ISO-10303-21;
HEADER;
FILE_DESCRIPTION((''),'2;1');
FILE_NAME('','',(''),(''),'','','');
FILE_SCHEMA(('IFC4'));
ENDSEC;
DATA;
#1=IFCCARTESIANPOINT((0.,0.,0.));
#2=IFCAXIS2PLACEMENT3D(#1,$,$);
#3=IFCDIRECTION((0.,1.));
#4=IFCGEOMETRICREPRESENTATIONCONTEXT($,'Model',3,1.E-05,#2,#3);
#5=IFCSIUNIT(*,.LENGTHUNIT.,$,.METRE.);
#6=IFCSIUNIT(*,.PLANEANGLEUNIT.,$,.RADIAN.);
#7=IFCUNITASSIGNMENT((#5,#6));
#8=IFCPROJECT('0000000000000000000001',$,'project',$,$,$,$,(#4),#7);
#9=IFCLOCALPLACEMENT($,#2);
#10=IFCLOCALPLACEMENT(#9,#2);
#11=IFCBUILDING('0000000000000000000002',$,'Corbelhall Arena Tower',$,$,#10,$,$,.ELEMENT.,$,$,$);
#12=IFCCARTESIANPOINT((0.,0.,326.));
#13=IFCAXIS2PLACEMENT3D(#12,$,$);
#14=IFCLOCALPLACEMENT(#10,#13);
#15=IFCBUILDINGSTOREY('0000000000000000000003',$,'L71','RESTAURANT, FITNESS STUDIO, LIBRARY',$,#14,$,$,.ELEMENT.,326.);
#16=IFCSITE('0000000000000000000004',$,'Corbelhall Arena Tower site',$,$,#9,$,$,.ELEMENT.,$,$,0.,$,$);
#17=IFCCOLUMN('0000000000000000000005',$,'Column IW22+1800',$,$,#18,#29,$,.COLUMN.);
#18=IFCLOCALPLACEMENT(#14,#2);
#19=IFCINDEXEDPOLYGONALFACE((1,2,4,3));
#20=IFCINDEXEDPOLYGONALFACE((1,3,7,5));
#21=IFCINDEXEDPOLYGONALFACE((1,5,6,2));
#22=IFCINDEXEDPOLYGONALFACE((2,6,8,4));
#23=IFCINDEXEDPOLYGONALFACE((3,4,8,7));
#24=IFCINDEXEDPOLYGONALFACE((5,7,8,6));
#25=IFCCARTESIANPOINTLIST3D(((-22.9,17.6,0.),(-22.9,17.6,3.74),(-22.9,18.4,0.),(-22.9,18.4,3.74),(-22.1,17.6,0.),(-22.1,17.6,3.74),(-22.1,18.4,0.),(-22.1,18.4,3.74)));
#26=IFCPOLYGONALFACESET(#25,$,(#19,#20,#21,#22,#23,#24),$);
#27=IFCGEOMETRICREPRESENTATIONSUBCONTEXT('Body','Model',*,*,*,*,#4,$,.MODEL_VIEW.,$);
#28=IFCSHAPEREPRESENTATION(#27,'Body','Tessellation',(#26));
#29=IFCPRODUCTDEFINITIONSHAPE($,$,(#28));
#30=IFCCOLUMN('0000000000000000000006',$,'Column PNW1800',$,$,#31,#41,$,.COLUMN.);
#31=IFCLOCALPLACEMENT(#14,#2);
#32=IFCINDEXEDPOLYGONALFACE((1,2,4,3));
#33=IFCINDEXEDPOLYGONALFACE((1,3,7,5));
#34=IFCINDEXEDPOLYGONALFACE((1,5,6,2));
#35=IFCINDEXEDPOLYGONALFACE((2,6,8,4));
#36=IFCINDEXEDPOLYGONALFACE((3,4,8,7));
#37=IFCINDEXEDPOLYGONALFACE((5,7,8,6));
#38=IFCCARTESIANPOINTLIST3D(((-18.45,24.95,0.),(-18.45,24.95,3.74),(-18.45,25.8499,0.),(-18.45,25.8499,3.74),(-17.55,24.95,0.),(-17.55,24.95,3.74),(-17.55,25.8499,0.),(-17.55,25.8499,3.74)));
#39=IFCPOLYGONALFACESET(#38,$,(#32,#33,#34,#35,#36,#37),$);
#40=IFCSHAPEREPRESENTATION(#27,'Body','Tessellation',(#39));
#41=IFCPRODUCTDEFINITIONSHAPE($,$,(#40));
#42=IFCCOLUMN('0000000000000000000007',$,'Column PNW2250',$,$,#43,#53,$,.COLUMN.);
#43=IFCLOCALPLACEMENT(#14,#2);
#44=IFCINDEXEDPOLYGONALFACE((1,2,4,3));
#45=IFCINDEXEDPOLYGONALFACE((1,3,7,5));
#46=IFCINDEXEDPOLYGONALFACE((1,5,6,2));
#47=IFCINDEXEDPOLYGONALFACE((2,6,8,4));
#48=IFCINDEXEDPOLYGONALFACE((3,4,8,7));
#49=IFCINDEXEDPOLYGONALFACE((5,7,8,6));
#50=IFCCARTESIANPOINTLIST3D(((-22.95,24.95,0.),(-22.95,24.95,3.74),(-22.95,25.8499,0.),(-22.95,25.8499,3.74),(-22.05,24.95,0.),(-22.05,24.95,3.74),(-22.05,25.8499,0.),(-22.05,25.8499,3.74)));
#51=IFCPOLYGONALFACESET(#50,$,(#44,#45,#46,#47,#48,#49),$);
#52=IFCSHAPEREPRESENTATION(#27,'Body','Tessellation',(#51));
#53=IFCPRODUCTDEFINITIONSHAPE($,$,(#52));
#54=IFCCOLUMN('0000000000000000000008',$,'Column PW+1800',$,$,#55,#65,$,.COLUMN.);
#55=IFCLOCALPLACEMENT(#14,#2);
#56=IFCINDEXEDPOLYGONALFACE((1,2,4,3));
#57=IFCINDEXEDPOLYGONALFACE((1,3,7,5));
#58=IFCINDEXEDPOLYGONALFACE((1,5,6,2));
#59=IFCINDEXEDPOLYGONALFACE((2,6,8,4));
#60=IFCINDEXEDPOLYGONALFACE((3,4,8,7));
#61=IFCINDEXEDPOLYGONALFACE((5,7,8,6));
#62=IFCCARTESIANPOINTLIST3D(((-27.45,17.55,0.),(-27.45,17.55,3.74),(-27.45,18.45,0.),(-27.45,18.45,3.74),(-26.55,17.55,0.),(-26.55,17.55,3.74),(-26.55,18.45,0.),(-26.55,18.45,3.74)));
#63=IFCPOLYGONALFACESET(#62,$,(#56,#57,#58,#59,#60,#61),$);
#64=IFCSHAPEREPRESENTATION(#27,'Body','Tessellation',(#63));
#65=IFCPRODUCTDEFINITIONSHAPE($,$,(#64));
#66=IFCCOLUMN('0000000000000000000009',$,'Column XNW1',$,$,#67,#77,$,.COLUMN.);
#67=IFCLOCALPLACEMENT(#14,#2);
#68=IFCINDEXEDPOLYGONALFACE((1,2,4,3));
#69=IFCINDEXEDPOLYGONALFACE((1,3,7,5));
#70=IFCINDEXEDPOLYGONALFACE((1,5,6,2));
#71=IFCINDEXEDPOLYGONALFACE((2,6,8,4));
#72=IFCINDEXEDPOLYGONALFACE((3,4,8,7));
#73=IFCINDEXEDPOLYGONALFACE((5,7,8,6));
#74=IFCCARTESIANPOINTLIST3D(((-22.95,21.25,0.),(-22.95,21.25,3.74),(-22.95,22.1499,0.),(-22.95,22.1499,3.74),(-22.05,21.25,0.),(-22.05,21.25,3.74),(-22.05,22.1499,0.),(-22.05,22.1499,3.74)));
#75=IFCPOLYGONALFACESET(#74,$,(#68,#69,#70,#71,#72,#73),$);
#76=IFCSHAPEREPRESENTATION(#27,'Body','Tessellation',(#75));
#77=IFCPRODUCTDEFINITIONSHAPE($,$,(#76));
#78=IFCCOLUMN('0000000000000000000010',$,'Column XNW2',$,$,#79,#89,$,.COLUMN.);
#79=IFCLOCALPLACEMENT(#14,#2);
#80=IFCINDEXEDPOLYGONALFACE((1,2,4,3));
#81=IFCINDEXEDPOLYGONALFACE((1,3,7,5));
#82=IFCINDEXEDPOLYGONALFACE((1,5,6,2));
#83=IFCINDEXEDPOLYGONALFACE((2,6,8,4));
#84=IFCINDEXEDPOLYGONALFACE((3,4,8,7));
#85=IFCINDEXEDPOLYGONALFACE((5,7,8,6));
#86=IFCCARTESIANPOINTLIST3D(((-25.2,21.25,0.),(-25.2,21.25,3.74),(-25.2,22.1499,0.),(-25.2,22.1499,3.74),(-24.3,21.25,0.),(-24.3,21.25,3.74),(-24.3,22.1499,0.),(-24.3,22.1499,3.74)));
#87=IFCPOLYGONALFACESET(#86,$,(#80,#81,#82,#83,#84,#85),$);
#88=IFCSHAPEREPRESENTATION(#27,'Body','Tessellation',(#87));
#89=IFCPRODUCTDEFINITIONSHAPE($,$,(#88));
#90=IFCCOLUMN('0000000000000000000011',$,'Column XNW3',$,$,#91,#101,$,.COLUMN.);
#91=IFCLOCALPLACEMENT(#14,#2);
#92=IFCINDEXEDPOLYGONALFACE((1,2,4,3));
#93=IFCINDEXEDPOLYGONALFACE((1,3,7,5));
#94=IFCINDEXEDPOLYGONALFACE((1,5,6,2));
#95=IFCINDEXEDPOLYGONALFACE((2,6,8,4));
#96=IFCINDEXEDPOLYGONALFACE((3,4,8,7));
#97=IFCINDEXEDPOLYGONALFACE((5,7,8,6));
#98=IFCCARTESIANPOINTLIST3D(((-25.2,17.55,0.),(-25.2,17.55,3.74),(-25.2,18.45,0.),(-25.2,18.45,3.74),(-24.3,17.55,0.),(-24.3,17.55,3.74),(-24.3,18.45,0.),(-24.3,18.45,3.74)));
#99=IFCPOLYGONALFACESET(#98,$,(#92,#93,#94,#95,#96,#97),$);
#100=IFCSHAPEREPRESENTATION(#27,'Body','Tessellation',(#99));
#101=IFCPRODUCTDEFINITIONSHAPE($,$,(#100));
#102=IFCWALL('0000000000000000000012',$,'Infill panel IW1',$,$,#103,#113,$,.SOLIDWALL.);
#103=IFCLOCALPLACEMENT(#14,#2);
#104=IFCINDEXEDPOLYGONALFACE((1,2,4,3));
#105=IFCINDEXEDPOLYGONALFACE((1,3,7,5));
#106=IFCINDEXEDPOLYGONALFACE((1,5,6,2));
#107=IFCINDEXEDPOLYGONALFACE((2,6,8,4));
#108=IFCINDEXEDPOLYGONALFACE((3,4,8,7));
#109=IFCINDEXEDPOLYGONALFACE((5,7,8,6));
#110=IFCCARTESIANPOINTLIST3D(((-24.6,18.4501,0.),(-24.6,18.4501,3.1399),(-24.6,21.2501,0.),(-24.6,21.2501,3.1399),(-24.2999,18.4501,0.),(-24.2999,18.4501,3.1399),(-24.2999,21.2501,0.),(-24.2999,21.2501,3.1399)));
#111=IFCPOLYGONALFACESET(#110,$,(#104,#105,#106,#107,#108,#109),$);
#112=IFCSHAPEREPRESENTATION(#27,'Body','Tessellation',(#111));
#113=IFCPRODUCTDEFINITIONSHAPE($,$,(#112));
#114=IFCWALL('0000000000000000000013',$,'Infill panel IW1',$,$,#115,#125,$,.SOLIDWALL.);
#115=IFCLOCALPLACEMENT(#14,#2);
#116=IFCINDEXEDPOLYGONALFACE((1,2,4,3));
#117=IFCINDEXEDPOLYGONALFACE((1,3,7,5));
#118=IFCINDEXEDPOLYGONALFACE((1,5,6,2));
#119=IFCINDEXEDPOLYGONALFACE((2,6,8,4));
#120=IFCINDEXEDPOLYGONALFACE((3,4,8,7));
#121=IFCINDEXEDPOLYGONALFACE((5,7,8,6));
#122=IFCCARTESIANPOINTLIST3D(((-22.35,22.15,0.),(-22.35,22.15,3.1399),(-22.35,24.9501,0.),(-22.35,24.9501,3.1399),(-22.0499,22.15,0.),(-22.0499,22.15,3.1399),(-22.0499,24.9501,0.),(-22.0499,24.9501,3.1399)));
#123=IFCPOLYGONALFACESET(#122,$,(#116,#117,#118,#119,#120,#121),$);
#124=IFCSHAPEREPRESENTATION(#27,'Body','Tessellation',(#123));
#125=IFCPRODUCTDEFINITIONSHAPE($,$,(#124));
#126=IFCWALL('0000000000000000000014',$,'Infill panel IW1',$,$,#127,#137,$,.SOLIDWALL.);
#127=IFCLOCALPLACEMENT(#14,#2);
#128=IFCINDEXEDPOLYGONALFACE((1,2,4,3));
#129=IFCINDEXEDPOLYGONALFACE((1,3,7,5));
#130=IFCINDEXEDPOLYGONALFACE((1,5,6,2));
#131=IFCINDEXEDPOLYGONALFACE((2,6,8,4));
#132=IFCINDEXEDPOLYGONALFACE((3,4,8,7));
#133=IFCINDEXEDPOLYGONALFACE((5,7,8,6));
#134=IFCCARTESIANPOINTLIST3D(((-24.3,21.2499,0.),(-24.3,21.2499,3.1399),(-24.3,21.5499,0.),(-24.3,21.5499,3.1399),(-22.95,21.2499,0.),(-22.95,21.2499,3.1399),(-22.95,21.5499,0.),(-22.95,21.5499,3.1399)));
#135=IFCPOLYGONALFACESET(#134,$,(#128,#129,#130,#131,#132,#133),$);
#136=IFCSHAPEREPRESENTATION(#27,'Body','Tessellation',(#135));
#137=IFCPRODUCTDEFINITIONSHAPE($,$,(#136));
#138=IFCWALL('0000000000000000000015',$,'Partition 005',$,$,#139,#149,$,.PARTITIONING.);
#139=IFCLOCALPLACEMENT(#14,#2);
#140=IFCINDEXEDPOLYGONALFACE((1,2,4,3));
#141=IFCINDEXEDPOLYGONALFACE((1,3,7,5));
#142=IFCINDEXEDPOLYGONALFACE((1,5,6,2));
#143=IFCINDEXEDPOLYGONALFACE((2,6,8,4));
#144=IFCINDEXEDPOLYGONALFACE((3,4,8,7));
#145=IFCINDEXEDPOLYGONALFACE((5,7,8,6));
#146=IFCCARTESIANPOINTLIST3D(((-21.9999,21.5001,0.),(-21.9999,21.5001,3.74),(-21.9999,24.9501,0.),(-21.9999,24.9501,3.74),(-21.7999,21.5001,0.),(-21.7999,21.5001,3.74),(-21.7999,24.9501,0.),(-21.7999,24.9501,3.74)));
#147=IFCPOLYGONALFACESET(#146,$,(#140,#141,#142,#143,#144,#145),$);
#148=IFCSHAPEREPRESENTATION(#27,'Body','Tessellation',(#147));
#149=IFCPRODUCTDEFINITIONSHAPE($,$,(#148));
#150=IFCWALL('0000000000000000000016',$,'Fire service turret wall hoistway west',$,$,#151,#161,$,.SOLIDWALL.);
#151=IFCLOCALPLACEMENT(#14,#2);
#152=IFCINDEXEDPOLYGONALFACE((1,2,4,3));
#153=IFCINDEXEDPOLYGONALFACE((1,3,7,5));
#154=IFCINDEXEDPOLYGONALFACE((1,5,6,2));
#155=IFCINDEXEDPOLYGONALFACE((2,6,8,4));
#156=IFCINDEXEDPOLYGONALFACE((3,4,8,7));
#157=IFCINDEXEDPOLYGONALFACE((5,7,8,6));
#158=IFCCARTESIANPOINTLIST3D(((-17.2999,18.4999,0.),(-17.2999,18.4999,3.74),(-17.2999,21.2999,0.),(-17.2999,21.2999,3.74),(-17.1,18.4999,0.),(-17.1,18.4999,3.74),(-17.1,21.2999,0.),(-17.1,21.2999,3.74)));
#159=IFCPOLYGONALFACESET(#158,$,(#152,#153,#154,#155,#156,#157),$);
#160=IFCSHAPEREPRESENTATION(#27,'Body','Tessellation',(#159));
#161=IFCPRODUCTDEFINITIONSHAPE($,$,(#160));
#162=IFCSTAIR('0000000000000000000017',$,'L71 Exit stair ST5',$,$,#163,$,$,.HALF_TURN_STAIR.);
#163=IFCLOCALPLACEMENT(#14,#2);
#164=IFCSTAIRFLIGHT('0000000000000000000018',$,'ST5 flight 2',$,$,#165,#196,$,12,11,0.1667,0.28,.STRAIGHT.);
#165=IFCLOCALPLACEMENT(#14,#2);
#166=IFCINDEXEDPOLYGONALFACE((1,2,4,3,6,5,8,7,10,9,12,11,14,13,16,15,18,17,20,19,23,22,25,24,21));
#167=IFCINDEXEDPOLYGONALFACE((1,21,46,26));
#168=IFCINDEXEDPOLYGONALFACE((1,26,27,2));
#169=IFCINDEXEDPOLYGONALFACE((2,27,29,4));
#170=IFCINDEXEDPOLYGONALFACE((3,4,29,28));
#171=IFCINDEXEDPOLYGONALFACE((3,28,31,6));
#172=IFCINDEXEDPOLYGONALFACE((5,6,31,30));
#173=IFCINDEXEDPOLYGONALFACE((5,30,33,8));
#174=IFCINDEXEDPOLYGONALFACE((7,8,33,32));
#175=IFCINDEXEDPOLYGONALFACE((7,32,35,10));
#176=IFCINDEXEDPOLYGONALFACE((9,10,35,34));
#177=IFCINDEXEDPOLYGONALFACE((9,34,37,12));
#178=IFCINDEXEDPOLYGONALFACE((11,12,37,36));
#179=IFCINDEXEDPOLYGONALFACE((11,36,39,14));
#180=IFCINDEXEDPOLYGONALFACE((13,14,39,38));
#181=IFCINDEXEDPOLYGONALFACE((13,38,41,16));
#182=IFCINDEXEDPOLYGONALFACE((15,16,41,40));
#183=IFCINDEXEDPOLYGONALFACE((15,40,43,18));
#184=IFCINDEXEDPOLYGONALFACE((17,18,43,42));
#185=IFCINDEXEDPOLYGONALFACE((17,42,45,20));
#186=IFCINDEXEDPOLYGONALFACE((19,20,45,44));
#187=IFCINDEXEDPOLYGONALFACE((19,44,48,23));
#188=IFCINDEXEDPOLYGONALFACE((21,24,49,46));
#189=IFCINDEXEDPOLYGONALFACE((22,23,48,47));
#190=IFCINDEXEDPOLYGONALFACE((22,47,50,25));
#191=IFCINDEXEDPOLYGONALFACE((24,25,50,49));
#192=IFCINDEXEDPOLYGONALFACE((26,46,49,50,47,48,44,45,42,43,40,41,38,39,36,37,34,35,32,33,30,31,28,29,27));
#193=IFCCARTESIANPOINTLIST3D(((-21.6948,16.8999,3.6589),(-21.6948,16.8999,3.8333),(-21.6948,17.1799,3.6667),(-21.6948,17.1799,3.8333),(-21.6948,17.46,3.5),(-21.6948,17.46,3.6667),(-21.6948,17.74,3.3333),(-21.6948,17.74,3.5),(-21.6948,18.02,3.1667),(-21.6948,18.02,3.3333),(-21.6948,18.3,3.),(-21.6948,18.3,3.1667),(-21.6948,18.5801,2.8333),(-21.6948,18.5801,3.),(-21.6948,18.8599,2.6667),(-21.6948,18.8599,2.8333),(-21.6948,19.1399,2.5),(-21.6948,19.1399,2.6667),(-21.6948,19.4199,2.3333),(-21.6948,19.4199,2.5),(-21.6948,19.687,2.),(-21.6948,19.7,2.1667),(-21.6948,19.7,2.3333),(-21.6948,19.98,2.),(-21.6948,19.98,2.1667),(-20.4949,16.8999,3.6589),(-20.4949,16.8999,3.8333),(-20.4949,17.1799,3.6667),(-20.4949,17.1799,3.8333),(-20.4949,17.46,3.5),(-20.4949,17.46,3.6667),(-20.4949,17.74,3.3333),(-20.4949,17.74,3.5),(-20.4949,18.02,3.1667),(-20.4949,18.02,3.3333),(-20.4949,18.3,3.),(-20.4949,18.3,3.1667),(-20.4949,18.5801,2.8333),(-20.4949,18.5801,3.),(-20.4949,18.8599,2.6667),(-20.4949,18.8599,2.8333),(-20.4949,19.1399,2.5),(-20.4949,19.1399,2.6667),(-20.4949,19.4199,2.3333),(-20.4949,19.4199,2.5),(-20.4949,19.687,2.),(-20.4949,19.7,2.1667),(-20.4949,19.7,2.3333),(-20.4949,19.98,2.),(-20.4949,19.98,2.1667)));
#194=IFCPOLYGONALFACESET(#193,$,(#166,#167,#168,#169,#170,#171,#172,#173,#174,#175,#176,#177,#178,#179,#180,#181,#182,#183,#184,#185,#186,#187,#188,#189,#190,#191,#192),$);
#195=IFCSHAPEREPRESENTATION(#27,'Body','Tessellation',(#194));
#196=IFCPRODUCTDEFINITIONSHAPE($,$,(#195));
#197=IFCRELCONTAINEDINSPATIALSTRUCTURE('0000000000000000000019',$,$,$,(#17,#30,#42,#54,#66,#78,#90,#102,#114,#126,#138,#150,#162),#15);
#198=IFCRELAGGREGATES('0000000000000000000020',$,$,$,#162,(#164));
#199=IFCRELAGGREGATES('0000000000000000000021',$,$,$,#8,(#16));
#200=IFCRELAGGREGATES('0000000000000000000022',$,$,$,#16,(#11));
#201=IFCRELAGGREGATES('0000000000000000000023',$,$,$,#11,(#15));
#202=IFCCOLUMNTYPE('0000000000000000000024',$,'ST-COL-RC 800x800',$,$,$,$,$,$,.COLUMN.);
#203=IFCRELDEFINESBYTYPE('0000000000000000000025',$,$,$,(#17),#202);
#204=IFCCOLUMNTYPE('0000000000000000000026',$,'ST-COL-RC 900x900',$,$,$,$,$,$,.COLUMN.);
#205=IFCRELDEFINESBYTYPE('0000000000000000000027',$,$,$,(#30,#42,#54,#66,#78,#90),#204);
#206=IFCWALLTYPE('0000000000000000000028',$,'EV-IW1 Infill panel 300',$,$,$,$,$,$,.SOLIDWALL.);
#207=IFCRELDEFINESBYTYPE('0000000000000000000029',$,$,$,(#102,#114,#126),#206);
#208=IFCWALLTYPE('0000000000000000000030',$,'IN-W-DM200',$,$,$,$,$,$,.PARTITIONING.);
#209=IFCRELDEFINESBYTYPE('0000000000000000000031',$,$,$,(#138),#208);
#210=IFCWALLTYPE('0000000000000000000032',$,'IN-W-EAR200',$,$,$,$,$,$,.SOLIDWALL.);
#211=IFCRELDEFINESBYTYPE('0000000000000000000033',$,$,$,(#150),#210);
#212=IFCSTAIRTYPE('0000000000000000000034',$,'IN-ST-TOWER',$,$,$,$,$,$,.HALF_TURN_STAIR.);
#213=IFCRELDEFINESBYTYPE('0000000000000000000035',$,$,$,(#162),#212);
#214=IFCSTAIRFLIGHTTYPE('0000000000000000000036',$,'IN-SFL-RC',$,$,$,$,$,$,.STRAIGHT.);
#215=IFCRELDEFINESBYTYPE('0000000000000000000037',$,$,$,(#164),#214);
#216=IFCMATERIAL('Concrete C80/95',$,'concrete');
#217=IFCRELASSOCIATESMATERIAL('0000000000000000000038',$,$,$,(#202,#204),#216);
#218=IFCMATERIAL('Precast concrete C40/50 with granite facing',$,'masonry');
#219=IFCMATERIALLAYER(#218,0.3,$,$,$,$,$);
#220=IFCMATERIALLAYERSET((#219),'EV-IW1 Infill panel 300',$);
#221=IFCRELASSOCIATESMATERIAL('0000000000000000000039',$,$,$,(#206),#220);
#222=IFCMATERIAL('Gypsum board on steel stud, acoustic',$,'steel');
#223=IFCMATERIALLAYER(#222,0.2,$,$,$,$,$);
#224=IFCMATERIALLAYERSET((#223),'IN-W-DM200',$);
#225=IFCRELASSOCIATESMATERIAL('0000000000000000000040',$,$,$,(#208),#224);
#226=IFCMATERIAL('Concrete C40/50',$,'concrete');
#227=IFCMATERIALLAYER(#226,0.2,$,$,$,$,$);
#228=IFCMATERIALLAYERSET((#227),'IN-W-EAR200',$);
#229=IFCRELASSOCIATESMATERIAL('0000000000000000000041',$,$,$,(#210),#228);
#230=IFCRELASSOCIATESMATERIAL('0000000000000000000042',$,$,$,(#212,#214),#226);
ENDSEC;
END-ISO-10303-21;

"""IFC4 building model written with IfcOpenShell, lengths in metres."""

from ifc_helpers import new_model, si_unit, direction, frame, frame_2d, origin, origin_2d, place, context, subcontext, project, spatial, polyline, rectangle, outline, extrude, material, layer, layer_set, material_profile, profile_set, type_object, element, aggregate, save


model = new_model("IFC4")

# Units and contexts
model_context = context("Model", 3, precision=1e-05, world=origin(), true_north=direction((0.0, 1.0)))
body_context = subcontext(model_context, "Body", "Model", "MODEL_VIEW")
ifc_project = project(units=[si_unit("LENGTHUNIT", "METRE"), si_unit("PLANEANGLEUNIT", "RADIAN")], contexts=[model_context])

# Site, building, storey
site_placement = place(None, origin())
site = spatial("IfcSite", under=ifc_project, at=site_placement, Name="Corbelhall Arena Tower site", CompositionType="ELEMENT", RefElevation=0.0)
building_placement = place(site_placement, origin())
building = spatial("IfcBuilding", under=site, at=building_placement, Name="Corbelhall Arena Tower", CompositionType="ELEMENT")
storey_placement = place(building_placement, frame((0.0, 0.0, 326.0)))
storey = spatial("IfcBuildingStorey", under=building, at=storey_placement, Name="L71", Description="RESTAURANT, FITNESS STUDIO, LIBRARY", CompositionType="ELEMENT", Elevation=326.0)

# Columns
ifc_material_1 = material(Name="Concrete C80/95", Category="concrete")
ifc_material_profile_1 = material_profile(ifc_material_1, rectangle(XDim=0.8, YDim=0.8, at=origin_2d()))
ifc_profile_set_1 = profile_set([ifc_material_profile_1], Name="Concrete C80/95")
column_type_1 = type_object("IfcColumnType", Name="ST-COL-RC 800x800", PredefinedType="COLUMN", material=ifc_profile_set_1)
column_placement = place(storey_placement, frame((-22.5, 18.0, 0.0), z_axis=(0.0, 0.0, 1.0), x_axis=(1.0, 0.0, 0.0)))
element("IfcColumn", 1, at=column_placement, inside=storey, type_object=column_type_1, Name="Column IW22+1800", PredefinedType="COLUMN", context=body_context, shape_type="SweptSolid", body=[
    extrude(rectangle(XDim=0.8, YDim=0.8, at=origin_2d()), origin(), (0.0, 0.0, 1.0), 3.74),
])
ifc_material_profile_2 = material_profile(ifc_material_1, rectangle(XDim=0.8999, YDim=0.8999, at=origin_2d()))
ifc_profile_set_2 = profile_set([ifc_material_profile_2], Name="Concrete C80/95")
column_type_2 = type_object("IfcColumnType", Name="ST-COL-RC 900x900", PredefinedType="COLUMN", material=ifc_profile_set_2)
for number, where, z_axis, x_axis, name in (
    (2, (-18.0, 25.3999, 0.0), (0.0, 0.0, 1.0), (1.0, 0.0, 0.0), "Column PNW1800"),
    (3, (-22.5, 25.3999, 0.0), (0.0, 0.0, 1.0), (1.0, 0.0, 0.0), "Column PNW2250"),
    (4, (-27.0, 18.0, 0.0), (0.0, 0.0, 1.0), (0.0, 1.0, 0.0), "Column PW+1800"),
    (5, (-22.5, 21.7, 0.0), (0.0, 0.0, 1.0), (1.0, 0.0, 0.0), "Column XNW1"),
    (6, (-24.75, 21.7, 0.0), (0.0, 0.0, 1.0), (1.0, 0.0, 0.0), "Column XNW2"),
    (7, (-24.75, 18.0, 0.0), (0.0, 0.0, 1.0), (1.0, 0.0, 0.0), "Column XNW3"),
):
    element("IfcColumn", number, at=place(storey_placement, frame(where, z_axis=z_axis, x_axis=x_axis)), inside=storey, type_object=column_type_2, Name=name, PredefinedType="COLUMN", context=body_context, shape_type="SweptSolid", body=[
        extrude(rectangle(XDim=0.8999, YDim=0.8999, at=origin_2d()), origin(), (0.0, 0.0, 1.0), 3.74),
    ])

# Wall
ifc_material_2 = material(Name="Precast concrete C40/50 with granite facing", Category="masonry")
ifc_layer_1 = layer(ifc_material_2, 0.3)
ifc_layer_set_1 = layer_set([ifc_layer_1], Name="EV-IW1 Infill panel 300")
wall_type_1 = type_object("IfcWallType", Name="EV-IW1 Infill panel 300", PredefinedType="SOLIDWALL", material=ifc_layer_set_1)
wall_1_placement = place(storey_placement, frame((-24.45, 21.25, 0.0), z_axis=(0.0, 0.0, 1.0), x_axis=(0.0, -1.0, 0.0)))
element("IfcWall", 8, at=wall_1_placement, inside=storey, type_object=wall_type_1, Name="Infill panel IW1", PredefinedType="SOLIDWALL", context=body_context, shape_type="SweptSolid", body=[
    extrude(rectangle(XDim=2.8, YDim=0.3, at=frame_2d((1.3999, 0.0))), origin(), (0.0, 0.0, 1.0), 3.1399),
])

# Walls
wall_2_placement = place(storey_placement, frame((-22.2, 24.95, 0.0), z_axis=(0.0, 0.0, 1.0), x_axis=(0.0, -1.0, 0.0)))
element("IfcWall", 9, at=wall_2_placement, inside=storey, type_object=wall_type_1, Name="Infill panel IW1", PredefinedType="SOLIDWALL", context=body_context, shape_type="SweptSolid", body=[
    extrude(rectangle(XDim=2.8, YDim=0.3, at=frame_2d((1.3999, 0.0))), origin(), (0.0, 0.0, 1.0), 3.1399),
])
wall_3_placement = place(storey_placement, frame((-22.95, 21.3999, 0.0), z_axis=(0.0, 0.0, 1.0), x_axis=(-1.0, 0.0, 0.0)))
element("IfcWall", 10, at=wall_3_placement, inside=storey, type_object=wall_type_1, Name="Infill panel IW1", PredefinedType="SOLIDWALL", context=body_context, shape_type="SweptSolid", body=[
    extrude(rectangle(XDim=1.3501, YDim=0.3, at=frame_2d((0.675, 0.0))), origin(), (0.0, 0.0, 1.0), 3.1399),
])
ifc_material_3 = material(Name="Gypsum board on steel stud, acoustic", Category="steel")
ifc_layer_2 = layer(ifc_material_3, 0.2)
ifc_layer_set_2 = layer_set([ifc_layer_2], Name="IN-W-DM200")
wall_type_2 = type_object("IfcWallType", Name="IN-W-DM200", PredefinedType="PARTITIONING", material=ifc_layer_set_2)
wall_4_placement = place(storey_placement, frame((-21.8999, 21.5, 0.0), z_axis=(0.0, 0.0, 1.0), x_axis=(0.0, 1.0, 0.0)))
element("IfcWall", 11, at=wall_4_placement, inside=storey, type_object=wall_type_2, Name="Partition 005", PredefinedType="PARTITIONING", context=body_context, shape_type="SweptSolid", body=[
    extrude(rectangle(XDim=3.45, YDim=0.2, at=frame_2d((1.7251, 0.0))), origin(), (0.0, 0.0, 1.0), 3.74),
])

# Shared definitions
ifc_material_4 = material(Name="Concrete C40/50", Category="concrete")
ifc_layer_3 = layer(ifc_material_4, 0.2)
ifc_layer_set_3 = layer_set([ifc_layer_3], Name="IN-W-EAR200")
wall_type_3 = type_object("IfcWallType", Name="IN-W-EAR200", PredefinedType="SOLIDWALL", material=ifc_layer_set_3)

# Wall
wall_5_placement = place(storey_placement, frame((-17.2, 18.5, 0.0), z_axis=(0.0, 0.0, 1.0), x_axis=(0.0, 1.0, 0.0)))
element("IfcWall", 12, at=wall_5_placement, inside=storey, type_object=wall_type_3, Name="Fire service turret wall hoistway west", PredefinedType="SOLIDWALL", context=body_context, shape_type="SweptSolid", body=[
    extrude(rectangle(XDim=2.8, YDim=0.2, at=frame_2d((1.3999, 0.0))), origin(), (0.0, 0.0, 1.0), 3.74),
])

# Stair, stair flight
stair_type = type_object("IfcStairType", Name="IN-ST-TOWER", PredefinedType="HALF_TURN_STAIR", material=ifc_material_4)
stair_placement = place(storey_placement, origin())
stair = element("IfcStair", 13, at=stair_placement, inside=storey, type_object=stair_type, Name="L71 Exit stair ST5", PredefinedType="HALF_TURN_STAIR")
stair_flight_type = type_object("IfcStairFlightType", Name="IN-SFL-RC", PredefinedType="STRAIGHT", material=ifc_material_4)
stair_flight_placement = place(storey_placement, frame((-21.095, 19.98, 2.0), z_axis=(0.0, 0.0, 1.0), x_axis=(0.0, -1.0, 0.0)))
stair_flight = element("IfcStairFlight", 14, at=stair_flight_placement, type_object=stair_flight_type, Name="ST5 flight 2", NumberOfRisers=12, NumberOfTreads=11, PredefinedType="STRAIGHT", RiserHeight=0.1667, TreadLength=0.28, context=body_context, shape_type="SweptSolid", body=[
    extrude(outline(polyline([(0.0, 0.0), (0.0, 0.1667), (0.28, 0.1667), (0.28, 0.3333), (0.5601, 0.3333), (0.5601, 0.5), (0.8401, 0.5), (0.8401, 0.6667), (1.1201, 0.6667), (1.1201, 0.8333), (1.3999, 0.8333), (1.3999, 1.0), (1.6799, 1.0), (1.6799, 1.1667), (1.96, 1.1667), (1.96, 1.3333), (2.24, 1.3333), (2.24, 1.5), (2.52, 1.5), (2.52, 1.6667), (2.8, 1.6667), (2.8, 1.8333), (3.0801, 1.8333), (3.0801, 2.0), (3.0801, 1.6589), (0.293, 0.0), (0.0, 0.0)])), frame((0.0, 0.6001, 0.0), z_axis=(0.0, -1.0, 0.0), x_axis=(1.0, 0.0, 0.0)), (0.0, 0.0, 1.0), 1.2),
])
aggregate(stair, [stair_flight])

save(model, "model.ifc")
